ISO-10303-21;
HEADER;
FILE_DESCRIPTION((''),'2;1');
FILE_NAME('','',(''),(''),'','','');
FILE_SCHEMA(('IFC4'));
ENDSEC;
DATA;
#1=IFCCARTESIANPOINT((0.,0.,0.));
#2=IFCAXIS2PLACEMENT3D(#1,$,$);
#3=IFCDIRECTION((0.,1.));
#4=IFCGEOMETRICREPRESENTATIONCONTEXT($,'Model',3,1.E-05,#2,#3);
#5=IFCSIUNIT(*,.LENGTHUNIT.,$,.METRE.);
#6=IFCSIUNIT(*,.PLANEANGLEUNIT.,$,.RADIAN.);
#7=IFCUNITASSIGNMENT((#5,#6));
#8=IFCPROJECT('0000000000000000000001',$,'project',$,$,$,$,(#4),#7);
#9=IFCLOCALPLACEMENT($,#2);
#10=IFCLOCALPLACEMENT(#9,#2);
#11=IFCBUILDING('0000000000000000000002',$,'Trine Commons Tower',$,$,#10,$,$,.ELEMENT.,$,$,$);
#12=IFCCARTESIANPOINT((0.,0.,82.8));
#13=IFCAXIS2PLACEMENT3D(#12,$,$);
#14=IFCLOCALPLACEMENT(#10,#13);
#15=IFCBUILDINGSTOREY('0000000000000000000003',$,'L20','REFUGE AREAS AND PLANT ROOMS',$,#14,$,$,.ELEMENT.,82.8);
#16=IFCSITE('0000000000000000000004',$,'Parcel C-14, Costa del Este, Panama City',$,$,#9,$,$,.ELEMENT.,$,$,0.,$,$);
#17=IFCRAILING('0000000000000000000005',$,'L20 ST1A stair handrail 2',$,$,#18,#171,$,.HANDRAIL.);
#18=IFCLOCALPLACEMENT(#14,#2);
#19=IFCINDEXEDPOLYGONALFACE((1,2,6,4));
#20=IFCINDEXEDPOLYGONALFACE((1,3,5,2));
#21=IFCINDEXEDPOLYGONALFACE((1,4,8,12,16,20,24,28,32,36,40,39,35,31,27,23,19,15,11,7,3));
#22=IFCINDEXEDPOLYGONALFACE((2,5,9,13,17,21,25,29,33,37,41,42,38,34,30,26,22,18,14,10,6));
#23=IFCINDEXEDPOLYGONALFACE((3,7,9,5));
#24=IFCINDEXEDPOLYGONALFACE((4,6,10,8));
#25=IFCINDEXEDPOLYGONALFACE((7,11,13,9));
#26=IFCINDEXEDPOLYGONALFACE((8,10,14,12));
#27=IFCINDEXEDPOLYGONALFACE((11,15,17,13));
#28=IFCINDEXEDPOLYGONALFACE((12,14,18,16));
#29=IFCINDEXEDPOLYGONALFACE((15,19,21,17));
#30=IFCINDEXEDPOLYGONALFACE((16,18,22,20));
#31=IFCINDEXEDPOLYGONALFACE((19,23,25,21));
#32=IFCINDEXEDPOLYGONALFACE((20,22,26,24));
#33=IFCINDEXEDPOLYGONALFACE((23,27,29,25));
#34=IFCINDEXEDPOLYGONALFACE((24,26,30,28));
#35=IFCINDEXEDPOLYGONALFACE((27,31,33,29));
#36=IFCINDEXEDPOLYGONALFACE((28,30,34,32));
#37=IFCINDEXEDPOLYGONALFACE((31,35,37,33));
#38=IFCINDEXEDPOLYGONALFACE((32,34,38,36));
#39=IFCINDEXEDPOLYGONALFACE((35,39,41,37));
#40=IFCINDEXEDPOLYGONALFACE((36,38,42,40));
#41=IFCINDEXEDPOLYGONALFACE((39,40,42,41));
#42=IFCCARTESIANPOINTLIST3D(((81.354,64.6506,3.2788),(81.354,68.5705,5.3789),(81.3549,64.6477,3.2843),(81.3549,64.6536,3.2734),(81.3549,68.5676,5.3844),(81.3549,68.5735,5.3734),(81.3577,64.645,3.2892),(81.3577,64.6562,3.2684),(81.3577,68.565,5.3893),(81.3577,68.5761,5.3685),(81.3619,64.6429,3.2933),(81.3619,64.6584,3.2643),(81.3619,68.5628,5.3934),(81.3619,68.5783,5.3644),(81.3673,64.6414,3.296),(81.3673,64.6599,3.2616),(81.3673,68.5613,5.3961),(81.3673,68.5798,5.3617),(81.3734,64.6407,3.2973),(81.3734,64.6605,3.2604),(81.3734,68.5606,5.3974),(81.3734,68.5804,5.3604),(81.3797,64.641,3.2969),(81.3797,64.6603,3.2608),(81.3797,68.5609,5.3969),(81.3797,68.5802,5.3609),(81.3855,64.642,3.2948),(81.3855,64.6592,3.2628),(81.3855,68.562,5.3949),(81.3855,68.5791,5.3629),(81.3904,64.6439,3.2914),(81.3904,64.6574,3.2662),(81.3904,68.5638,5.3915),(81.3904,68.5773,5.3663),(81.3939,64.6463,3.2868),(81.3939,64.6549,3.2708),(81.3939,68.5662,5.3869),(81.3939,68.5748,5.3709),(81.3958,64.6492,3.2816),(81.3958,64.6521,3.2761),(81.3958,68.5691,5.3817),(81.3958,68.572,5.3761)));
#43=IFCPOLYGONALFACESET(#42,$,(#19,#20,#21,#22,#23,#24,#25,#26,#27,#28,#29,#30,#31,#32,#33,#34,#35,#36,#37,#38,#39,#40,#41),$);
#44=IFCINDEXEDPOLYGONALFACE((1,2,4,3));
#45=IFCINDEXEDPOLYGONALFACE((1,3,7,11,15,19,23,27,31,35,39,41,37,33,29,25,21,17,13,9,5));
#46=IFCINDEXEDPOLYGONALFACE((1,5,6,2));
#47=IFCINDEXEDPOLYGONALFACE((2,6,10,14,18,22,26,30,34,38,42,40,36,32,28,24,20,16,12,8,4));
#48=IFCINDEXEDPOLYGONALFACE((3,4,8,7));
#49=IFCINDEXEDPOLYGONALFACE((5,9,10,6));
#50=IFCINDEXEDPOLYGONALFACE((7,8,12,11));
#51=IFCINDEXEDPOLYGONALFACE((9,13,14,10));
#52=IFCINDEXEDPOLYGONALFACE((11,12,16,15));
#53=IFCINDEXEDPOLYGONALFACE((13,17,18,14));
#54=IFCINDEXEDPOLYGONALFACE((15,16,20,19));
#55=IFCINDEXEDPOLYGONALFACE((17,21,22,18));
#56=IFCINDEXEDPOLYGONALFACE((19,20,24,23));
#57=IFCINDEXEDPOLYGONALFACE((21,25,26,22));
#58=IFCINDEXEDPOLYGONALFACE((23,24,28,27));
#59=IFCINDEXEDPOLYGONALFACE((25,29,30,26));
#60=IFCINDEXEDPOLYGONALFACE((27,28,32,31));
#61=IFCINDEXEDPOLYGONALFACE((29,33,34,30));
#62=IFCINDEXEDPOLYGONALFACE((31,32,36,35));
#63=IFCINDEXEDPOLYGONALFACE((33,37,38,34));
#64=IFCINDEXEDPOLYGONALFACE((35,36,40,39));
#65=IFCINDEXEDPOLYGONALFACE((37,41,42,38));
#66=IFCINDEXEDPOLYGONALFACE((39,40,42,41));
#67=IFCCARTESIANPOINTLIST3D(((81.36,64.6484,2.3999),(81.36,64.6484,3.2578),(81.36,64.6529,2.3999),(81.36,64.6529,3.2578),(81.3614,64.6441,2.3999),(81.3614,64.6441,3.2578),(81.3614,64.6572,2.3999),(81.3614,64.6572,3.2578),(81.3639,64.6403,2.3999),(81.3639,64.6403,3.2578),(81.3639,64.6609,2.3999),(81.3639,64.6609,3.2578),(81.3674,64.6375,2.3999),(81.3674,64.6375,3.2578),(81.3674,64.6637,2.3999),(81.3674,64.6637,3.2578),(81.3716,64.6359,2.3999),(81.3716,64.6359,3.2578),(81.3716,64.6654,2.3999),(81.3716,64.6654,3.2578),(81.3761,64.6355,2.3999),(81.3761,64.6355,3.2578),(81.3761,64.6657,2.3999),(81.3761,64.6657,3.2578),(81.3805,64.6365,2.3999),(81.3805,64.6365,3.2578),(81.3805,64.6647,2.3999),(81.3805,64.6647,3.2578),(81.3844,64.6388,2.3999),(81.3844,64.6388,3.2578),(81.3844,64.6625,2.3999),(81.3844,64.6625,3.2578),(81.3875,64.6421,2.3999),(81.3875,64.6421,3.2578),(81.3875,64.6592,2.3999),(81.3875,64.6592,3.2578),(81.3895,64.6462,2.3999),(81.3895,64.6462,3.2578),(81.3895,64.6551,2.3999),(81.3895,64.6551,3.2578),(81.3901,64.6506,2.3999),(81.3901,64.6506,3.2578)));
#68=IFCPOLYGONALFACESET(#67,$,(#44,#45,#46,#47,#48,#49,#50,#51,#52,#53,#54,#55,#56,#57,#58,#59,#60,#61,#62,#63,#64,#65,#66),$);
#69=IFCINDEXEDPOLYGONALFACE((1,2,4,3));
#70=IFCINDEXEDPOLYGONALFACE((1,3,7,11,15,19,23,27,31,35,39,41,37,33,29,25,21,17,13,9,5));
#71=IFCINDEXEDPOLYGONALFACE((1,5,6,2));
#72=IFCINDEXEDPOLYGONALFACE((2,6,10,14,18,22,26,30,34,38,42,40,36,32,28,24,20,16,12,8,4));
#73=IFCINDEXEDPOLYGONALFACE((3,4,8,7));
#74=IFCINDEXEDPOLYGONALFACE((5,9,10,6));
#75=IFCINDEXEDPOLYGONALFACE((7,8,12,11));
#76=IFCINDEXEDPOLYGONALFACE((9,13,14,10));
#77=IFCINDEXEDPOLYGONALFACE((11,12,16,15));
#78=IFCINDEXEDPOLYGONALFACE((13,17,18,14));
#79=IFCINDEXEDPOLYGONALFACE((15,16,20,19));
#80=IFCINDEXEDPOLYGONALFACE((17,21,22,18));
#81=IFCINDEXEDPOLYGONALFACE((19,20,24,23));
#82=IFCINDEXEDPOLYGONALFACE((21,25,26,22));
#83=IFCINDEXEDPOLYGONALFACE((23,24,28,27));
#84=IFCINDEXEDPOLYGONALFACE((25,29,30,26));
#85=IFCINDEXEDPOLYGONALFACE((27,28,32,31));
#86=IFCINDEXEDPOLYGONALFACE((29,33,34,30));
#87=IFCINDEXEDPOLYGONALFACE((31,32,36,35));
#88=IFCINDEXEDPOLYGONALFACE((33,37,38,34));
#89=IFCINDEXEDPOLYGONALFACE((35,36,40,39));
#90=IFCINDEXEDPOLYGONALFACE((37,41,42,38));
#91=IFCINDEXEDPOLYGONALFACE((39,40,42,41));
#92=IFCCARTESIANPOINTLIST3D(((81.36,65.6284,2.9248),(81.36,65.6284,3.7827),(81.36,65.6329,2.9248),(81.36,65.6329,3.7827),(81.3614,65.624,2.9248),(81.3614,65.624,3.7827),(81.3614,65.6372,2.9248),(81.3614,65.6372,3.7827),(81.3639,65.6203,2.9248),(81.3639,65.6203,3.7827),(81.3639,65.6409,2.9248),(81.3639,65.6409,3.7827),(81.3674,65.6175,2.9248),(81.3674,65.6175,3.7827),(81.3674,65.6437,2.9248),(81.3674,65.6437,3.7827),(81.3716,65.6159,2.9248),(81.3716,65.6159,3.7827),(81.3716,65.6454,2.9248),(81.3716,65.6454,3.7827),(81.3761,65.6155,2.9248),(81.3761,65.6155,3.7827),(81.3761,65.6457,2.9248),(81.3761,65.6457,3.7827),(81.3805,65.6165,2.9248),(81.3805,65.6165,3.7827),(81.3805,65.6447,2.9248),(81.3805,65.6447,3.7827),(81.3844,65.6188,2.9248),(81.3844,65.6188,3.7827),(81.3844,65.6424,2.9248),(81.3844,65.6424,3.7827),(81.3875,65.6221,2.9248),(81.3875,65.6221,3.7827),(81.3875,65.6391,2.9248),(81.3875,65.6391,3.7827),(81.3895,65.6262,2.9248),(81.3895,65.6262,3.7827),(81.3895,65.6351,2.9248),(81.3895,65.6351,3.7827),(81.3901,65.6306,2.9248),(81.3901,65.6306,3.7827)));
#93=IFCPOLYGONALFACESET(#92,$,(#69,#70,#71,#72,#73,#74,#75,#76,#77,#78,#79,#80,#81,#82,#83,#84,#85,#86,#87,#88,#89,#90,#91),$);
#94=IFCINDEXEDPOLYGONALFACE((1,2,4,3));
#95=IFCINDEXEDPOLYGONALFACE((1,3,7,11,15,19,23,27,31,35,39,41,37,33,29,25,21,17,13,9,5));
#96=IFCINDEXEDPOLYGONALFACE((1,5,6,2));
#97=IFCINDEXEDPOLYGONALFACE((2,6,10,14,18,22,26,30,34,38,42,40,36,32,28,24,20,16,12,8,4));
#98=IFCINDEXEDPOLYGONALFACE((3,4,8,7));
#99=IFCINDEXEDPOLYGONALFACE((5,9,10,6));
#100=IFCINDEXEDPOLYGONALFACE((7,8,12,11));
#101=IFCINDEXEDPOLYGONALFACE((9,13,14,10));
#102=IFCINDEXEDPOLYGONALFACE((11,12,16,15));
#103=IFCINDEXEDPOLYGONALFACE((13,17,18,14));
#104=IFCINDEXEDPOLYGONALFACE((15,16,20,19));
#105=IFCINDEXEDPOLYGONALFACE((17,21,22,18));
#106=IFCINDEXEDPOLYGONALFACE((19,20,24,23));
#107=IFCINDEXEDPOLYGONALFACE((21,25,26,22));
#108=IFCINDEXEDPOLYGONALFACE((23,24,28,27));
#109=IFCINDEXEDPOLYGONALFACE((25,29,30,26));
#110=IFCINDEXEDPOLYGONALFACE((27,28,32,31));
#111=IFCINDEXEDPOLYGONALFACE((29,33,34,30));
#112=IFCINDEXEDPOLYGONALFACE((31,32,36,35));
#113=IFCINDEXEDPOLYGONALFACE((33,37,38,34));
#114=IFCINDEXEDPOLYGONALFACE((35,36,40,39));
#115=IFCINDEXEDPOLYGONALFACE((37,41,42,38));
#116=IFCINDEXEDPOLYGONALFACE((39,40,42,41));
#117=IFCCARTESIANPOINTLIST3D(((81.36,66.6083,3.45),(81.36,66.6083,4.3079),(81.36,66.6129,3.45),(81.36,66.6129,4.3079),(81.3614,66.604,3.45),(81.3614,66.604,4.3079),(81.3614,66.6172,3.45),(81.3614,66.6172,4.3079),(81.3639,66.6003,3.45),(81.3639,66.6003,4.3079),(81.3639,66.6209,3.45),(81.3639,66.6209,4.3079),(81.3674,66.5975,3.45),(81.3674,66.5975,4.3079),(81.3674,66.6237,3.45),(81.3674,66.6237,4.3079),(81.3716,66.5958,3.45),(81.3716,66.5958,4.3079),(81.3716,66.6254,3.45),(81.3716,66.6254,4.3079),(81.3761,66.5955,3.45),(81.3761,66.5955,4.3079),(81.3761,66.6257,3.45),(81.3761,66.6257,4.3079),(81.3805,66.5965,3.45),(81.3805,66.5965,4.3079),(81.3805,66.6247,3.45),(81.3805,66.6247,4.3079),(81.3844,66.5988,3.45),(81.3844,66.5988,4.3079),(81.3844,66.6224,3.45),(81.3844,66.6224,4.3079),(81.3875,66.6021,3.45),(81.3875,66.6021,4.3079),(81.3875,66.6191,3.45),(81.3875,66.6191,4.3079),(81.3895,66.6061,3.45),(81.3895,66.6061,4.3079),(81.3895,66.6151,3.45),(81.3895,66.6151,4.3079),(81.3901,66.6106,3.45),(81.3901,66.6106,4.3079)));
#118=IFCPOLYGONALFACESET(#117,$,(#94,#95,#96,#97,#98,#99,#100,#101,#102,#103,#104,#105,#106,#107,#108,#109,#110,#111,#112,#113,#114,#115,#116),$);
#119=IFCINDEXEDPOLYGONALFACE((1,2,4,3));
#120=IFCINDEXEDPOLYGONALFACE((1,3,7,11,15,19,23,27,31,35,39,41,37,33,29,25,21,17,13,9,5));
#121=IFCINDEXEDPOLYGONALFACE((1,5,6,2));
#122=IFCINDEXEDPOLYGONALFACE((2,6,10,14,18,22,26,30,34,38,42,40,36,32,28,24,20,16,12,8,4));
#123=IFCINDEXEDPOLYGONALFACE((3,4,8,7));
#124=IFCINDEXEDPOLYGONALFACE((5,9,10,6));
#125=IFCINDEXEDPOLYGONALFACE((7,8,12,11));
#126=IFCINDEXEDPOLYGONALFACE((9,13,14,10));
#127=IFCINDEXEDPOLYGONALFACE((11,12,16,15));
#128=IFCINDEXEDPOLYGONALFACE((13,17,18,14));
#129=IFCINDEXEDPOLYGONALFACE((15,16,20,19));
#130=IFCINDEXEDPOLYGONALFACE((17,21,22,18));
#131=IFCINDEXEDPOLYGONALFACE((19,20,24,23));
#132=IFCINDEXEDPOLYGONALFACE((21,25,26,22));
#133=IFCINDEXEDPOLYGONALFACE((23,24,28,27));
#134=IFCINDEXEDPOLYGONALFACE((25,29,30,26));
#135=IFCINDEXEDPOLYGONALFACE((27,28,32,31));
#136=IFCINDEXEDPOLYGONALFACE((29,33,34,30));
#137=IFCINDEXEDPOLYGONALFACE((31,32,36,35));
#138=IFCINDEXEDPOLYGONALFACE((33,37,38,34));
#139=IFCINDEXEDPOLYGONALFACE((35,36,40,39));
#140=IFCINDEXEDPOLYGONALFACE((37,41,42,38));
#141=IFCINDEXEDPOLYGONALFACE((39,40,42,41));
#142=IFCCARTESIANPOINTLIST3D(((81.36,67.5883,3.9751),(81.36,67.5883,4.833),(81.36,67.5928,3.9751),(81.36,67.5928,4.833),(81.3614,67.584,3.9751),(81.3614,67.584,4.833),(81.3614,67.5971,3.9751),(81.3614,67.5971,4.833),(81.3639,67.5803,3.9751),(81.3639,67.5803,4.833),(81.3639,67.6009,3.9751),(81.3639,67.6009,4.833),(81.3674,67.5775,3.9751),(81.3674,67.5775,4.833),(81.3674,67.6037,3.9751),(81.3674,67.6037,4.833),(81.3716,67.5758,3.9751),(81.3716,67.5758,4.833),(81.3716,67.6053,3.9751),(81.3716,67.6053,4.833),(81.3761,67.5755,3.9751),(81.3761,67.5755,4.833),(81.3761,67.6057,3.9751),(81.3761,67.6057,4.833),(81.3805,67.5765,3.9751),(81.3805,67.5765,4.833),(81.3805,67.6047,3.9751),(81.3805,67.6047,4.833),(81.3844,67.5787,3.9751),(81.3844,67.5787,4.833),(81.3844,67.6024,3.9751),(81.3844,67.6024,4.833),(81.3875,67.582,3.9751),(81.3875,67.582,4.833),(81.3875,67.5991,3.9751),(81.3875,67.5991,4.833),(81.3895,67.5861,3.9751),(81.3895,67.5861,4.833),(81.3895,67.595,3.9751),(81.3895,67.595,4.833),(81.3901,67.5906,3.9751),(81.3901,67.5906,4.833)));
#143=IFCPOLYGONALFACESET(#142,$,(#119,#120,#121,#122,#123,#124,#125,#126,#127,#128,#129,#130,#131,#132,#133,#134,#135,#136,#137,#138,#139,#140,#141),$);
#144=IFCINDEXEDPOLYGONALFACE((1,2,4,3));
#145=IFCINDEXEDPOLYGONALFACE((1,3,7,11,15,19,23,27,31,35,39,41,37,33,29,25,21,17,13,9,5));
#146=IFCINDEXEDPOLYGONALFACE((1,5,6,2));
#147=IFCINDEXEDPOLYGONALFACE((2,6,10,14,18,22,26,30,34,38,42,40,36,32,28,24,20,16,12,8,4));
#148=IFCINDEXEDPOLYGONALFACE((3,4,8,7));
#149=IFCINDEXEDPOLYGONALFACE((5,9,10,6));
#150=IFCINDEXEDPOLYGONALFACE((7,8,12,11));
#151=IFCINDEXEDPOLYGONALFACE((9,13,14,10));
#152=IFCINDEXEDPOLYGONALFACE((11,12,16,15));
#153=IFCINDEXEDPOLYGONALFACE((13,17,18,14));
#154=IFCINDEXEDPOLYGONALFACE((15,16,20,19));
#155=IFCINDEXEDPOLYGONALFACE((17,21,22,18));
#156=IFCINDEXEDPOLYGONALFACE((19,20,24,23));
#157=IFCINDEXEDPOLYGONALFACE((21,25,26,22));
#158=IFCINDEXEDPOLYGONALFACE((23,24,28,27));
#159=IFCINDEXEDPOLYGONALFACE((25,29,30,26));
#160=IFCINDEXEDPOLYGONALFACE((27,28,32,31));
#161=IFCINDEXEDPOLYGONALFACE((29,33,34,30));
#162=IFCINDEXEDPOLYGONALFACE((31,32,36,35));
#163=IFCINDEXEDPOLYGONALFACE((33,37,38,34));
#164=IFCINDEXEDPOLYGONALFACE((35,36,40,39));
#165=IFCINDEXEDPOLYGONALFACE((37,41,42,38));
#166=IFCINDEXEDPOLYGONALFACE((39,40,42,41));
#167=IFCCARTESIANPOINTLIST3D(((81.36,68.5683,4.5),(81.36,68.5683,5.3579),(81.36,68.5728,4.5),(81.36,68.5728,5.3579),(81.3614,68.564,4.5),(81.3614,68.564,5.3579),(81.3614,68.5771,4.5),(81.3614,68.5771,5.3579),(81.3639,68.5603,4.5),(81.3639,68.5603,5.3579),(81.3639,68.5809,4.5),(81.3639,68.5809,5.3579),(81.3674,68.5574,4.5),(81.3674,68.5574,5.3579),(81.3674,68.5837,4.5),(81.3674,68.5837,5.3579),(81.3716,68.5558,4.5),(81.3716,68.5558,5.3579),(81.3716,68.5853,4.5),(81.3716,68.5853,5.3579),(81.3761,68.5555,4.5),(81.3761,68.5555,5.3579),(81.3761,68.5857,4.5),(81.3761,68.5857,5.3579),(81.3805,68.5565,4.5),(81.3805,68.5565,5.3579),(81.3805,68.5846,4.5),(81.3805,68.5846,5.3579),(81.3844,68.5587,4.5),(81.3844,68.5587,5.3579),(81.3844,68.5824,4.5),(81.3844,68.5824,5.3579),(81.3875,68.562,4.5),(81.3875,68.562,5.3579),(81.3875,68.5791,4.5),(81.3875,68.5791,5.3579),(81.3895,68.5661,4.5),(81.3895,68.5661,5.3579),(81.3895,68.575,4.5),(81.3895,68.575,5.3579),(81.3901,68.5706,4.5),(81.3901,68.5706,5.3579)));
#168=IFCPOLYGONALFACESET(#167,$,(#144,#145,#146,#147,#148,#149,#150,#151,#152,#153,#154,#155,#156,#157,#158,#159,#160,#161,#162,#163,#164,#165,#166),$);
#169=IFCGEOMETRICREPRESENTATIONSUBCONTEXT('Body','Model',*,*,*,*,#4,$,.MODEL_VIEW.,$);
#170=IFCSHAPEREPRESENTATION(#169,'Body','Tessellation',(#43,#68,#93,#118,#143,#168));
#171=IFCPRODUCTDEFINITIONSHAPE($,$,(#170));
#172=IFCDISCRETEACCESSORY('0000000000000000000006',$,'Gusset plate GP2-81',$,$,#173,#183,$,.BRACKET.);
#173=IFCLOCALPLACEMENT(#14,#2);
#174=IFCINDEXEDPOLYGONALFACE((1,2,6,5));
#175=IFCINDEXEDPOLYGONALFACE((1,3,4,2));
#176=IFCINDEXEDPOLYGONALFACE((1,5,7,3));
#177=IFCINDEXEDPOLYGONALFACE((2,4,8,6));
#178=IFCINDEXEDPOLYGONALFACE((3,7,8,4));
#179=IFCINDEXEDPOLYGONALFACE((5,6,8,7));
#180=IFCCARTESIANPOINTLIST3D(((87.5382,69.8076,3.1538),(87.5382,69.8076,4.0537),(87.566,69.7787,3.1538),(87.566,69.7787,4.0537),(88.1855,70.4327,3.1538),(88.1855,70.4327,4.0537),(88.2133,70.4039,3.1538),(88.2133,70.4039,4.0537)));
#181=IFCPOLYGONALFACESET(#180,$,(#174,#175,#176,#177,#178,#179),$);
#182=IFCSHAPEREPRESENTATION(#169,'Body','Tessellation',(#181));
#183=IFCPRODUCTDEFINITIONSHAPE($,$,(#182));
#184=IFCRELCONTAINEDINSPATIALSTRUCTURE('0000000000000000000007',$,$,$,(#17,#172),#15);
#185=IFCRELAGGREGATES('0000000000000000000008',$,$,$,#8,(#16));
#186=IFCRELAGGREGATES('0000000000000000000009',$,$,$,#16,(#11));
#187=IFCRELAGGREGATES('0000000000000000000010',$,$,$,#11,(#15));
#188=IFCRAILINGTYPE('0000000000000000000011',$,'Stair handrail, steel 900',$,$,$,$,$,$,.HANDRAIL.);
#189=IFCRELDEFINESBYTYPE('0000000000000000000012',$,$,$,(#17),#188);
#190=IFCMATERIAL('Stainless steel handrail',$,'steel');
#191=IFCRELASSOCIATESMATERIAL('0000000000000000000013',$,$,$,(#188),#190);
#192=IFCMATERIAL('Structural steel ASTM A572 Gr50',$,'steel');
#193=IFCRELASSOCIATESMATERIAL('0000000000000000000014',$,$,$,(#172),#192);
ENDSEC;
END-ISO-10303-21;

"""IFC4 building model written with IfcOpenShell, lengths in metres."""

from ifc_helpers import new_model, si_unit, direction, frame, origin, origin_2d, place, context, subcontext, project, spatial, rectangle, circle, extrude, material, type_object, element, save


model = new_model("IFC4")

# Units and contexts
model_context = context("Model", 3, precision=1e-05, world=origin(), true_north=direction((0.0, 1.0)))
body_context = subcontext(model_context, "Body", "Model", "MODEL_VIEW")
ifc_project = project(units=[si_unit("LENGTHUNIT", "METRE"), si_unit("PLANEANGLEUNIT", "RADIAN")], contexts=[model_context])

# Site, building, storey
site_placement = place(None, origin())
site = spatial("IfcSite", under=ifc_project, at=site_placement, Name="Parcel C-14, Costa del Este, Panama City", CompositionType="ELEMENT", RefElevation=0.0)
building_placement = place(site_placement, origin())
building = spatial("IfcBuilding", under=site, at=building_placement, Name="Trine Commons Tower", CompositionType="ELEMENT")
storey_placement = place(building_placement, frame((0.0, 0.0, 82.8)))
storey = spatial("IfcBuildingStorey", under=building, at=storey_placement, Name="L20", Description="REFUGE AREAS AND PLANT ROOMS", CompositionType="ELEMENT", Elevation=82.8)

# Railing
ifc_material_1 = material(Name="Stainless steel handrail", Category="steel")
railing_type = type_object("IfcRailingType", Name="Stair handrail, steel 900", PredefinedType="HANDRAIL", material=ifc_material_1)
railing_placement = place(storey_placement, frame((81.375, 64.6506, 2.3999)))
element("IfcRailing", 1, at=railing_placement, inside=storey, type_object=railing_type, Name="L20 ST1A stair handrail 2", PredefinedType="HANDRAIL", context=body_context, shape_type="SweptSolid", body=[
    extrude(circle(Radius=0.021, at=origin_2d()), frame((0.0, 0.0, 0.8789), z_axis=(0.0, 0.881467, 0.472246), x_axis=(-1.0, 0.0, 0.0)), (0.0, 0.0, 1.0), 4.447),
    extrude(circle(Radius=0.0151, at=origin_2d()), origin(), (0.0, 0.0, 1.0), 0.8579),
    extrude(circle(Radius=0.0151, at=origin_2d()), frame((0.0, 0.98, 0.5249)), (0.0, 0.0, 1.0), 0.8579),
    extrude(circle(Radius=0.0151, at=origin_2d()), frame((0.0, 1.96, 1.05)), (0.0, 0.0, 1.0), 0.8579),
    extrude(circle(Radius=0.0151, at=origin_2d()), frame((0.0, 2.9399, 1.5752)), (0.0, 0.0, 1.0), 0.8579),
    extrude(circle(Radius=0.0151, at=origin_2d()), frame((0.0, 3.9199, 2.1001)), (0.0, 0.0, 1.0), 0.8579),
])

# Discrete accessory
ifc_material_2 = material(Name="Structural steel ASTM A572 Gr50", Category="steel")
discrete_accessory_placement = place(storey_placement, frame((87.8757, 70.1057, 3.1538), z_axis=(0.0, 0.0, 1.0), x_axis=(0.71934, 0.694658, 0.0)))
element("IfcDiscreteAccessory", 2, at=discrete_accessory_placement, inside=storey, material=ifc_material_2, Name="Gusset plate GP2-81", PredefinedType="BRACKET", context=body_context, shape_type="SweptSolid", body=[
    extrude(rectangle(XDim=0.8999, YDim=0.04, at=origin_2d()), origin(), (0.0, 0.0, 1.0), 0.8999),
])

save(model, "model.ifc")
